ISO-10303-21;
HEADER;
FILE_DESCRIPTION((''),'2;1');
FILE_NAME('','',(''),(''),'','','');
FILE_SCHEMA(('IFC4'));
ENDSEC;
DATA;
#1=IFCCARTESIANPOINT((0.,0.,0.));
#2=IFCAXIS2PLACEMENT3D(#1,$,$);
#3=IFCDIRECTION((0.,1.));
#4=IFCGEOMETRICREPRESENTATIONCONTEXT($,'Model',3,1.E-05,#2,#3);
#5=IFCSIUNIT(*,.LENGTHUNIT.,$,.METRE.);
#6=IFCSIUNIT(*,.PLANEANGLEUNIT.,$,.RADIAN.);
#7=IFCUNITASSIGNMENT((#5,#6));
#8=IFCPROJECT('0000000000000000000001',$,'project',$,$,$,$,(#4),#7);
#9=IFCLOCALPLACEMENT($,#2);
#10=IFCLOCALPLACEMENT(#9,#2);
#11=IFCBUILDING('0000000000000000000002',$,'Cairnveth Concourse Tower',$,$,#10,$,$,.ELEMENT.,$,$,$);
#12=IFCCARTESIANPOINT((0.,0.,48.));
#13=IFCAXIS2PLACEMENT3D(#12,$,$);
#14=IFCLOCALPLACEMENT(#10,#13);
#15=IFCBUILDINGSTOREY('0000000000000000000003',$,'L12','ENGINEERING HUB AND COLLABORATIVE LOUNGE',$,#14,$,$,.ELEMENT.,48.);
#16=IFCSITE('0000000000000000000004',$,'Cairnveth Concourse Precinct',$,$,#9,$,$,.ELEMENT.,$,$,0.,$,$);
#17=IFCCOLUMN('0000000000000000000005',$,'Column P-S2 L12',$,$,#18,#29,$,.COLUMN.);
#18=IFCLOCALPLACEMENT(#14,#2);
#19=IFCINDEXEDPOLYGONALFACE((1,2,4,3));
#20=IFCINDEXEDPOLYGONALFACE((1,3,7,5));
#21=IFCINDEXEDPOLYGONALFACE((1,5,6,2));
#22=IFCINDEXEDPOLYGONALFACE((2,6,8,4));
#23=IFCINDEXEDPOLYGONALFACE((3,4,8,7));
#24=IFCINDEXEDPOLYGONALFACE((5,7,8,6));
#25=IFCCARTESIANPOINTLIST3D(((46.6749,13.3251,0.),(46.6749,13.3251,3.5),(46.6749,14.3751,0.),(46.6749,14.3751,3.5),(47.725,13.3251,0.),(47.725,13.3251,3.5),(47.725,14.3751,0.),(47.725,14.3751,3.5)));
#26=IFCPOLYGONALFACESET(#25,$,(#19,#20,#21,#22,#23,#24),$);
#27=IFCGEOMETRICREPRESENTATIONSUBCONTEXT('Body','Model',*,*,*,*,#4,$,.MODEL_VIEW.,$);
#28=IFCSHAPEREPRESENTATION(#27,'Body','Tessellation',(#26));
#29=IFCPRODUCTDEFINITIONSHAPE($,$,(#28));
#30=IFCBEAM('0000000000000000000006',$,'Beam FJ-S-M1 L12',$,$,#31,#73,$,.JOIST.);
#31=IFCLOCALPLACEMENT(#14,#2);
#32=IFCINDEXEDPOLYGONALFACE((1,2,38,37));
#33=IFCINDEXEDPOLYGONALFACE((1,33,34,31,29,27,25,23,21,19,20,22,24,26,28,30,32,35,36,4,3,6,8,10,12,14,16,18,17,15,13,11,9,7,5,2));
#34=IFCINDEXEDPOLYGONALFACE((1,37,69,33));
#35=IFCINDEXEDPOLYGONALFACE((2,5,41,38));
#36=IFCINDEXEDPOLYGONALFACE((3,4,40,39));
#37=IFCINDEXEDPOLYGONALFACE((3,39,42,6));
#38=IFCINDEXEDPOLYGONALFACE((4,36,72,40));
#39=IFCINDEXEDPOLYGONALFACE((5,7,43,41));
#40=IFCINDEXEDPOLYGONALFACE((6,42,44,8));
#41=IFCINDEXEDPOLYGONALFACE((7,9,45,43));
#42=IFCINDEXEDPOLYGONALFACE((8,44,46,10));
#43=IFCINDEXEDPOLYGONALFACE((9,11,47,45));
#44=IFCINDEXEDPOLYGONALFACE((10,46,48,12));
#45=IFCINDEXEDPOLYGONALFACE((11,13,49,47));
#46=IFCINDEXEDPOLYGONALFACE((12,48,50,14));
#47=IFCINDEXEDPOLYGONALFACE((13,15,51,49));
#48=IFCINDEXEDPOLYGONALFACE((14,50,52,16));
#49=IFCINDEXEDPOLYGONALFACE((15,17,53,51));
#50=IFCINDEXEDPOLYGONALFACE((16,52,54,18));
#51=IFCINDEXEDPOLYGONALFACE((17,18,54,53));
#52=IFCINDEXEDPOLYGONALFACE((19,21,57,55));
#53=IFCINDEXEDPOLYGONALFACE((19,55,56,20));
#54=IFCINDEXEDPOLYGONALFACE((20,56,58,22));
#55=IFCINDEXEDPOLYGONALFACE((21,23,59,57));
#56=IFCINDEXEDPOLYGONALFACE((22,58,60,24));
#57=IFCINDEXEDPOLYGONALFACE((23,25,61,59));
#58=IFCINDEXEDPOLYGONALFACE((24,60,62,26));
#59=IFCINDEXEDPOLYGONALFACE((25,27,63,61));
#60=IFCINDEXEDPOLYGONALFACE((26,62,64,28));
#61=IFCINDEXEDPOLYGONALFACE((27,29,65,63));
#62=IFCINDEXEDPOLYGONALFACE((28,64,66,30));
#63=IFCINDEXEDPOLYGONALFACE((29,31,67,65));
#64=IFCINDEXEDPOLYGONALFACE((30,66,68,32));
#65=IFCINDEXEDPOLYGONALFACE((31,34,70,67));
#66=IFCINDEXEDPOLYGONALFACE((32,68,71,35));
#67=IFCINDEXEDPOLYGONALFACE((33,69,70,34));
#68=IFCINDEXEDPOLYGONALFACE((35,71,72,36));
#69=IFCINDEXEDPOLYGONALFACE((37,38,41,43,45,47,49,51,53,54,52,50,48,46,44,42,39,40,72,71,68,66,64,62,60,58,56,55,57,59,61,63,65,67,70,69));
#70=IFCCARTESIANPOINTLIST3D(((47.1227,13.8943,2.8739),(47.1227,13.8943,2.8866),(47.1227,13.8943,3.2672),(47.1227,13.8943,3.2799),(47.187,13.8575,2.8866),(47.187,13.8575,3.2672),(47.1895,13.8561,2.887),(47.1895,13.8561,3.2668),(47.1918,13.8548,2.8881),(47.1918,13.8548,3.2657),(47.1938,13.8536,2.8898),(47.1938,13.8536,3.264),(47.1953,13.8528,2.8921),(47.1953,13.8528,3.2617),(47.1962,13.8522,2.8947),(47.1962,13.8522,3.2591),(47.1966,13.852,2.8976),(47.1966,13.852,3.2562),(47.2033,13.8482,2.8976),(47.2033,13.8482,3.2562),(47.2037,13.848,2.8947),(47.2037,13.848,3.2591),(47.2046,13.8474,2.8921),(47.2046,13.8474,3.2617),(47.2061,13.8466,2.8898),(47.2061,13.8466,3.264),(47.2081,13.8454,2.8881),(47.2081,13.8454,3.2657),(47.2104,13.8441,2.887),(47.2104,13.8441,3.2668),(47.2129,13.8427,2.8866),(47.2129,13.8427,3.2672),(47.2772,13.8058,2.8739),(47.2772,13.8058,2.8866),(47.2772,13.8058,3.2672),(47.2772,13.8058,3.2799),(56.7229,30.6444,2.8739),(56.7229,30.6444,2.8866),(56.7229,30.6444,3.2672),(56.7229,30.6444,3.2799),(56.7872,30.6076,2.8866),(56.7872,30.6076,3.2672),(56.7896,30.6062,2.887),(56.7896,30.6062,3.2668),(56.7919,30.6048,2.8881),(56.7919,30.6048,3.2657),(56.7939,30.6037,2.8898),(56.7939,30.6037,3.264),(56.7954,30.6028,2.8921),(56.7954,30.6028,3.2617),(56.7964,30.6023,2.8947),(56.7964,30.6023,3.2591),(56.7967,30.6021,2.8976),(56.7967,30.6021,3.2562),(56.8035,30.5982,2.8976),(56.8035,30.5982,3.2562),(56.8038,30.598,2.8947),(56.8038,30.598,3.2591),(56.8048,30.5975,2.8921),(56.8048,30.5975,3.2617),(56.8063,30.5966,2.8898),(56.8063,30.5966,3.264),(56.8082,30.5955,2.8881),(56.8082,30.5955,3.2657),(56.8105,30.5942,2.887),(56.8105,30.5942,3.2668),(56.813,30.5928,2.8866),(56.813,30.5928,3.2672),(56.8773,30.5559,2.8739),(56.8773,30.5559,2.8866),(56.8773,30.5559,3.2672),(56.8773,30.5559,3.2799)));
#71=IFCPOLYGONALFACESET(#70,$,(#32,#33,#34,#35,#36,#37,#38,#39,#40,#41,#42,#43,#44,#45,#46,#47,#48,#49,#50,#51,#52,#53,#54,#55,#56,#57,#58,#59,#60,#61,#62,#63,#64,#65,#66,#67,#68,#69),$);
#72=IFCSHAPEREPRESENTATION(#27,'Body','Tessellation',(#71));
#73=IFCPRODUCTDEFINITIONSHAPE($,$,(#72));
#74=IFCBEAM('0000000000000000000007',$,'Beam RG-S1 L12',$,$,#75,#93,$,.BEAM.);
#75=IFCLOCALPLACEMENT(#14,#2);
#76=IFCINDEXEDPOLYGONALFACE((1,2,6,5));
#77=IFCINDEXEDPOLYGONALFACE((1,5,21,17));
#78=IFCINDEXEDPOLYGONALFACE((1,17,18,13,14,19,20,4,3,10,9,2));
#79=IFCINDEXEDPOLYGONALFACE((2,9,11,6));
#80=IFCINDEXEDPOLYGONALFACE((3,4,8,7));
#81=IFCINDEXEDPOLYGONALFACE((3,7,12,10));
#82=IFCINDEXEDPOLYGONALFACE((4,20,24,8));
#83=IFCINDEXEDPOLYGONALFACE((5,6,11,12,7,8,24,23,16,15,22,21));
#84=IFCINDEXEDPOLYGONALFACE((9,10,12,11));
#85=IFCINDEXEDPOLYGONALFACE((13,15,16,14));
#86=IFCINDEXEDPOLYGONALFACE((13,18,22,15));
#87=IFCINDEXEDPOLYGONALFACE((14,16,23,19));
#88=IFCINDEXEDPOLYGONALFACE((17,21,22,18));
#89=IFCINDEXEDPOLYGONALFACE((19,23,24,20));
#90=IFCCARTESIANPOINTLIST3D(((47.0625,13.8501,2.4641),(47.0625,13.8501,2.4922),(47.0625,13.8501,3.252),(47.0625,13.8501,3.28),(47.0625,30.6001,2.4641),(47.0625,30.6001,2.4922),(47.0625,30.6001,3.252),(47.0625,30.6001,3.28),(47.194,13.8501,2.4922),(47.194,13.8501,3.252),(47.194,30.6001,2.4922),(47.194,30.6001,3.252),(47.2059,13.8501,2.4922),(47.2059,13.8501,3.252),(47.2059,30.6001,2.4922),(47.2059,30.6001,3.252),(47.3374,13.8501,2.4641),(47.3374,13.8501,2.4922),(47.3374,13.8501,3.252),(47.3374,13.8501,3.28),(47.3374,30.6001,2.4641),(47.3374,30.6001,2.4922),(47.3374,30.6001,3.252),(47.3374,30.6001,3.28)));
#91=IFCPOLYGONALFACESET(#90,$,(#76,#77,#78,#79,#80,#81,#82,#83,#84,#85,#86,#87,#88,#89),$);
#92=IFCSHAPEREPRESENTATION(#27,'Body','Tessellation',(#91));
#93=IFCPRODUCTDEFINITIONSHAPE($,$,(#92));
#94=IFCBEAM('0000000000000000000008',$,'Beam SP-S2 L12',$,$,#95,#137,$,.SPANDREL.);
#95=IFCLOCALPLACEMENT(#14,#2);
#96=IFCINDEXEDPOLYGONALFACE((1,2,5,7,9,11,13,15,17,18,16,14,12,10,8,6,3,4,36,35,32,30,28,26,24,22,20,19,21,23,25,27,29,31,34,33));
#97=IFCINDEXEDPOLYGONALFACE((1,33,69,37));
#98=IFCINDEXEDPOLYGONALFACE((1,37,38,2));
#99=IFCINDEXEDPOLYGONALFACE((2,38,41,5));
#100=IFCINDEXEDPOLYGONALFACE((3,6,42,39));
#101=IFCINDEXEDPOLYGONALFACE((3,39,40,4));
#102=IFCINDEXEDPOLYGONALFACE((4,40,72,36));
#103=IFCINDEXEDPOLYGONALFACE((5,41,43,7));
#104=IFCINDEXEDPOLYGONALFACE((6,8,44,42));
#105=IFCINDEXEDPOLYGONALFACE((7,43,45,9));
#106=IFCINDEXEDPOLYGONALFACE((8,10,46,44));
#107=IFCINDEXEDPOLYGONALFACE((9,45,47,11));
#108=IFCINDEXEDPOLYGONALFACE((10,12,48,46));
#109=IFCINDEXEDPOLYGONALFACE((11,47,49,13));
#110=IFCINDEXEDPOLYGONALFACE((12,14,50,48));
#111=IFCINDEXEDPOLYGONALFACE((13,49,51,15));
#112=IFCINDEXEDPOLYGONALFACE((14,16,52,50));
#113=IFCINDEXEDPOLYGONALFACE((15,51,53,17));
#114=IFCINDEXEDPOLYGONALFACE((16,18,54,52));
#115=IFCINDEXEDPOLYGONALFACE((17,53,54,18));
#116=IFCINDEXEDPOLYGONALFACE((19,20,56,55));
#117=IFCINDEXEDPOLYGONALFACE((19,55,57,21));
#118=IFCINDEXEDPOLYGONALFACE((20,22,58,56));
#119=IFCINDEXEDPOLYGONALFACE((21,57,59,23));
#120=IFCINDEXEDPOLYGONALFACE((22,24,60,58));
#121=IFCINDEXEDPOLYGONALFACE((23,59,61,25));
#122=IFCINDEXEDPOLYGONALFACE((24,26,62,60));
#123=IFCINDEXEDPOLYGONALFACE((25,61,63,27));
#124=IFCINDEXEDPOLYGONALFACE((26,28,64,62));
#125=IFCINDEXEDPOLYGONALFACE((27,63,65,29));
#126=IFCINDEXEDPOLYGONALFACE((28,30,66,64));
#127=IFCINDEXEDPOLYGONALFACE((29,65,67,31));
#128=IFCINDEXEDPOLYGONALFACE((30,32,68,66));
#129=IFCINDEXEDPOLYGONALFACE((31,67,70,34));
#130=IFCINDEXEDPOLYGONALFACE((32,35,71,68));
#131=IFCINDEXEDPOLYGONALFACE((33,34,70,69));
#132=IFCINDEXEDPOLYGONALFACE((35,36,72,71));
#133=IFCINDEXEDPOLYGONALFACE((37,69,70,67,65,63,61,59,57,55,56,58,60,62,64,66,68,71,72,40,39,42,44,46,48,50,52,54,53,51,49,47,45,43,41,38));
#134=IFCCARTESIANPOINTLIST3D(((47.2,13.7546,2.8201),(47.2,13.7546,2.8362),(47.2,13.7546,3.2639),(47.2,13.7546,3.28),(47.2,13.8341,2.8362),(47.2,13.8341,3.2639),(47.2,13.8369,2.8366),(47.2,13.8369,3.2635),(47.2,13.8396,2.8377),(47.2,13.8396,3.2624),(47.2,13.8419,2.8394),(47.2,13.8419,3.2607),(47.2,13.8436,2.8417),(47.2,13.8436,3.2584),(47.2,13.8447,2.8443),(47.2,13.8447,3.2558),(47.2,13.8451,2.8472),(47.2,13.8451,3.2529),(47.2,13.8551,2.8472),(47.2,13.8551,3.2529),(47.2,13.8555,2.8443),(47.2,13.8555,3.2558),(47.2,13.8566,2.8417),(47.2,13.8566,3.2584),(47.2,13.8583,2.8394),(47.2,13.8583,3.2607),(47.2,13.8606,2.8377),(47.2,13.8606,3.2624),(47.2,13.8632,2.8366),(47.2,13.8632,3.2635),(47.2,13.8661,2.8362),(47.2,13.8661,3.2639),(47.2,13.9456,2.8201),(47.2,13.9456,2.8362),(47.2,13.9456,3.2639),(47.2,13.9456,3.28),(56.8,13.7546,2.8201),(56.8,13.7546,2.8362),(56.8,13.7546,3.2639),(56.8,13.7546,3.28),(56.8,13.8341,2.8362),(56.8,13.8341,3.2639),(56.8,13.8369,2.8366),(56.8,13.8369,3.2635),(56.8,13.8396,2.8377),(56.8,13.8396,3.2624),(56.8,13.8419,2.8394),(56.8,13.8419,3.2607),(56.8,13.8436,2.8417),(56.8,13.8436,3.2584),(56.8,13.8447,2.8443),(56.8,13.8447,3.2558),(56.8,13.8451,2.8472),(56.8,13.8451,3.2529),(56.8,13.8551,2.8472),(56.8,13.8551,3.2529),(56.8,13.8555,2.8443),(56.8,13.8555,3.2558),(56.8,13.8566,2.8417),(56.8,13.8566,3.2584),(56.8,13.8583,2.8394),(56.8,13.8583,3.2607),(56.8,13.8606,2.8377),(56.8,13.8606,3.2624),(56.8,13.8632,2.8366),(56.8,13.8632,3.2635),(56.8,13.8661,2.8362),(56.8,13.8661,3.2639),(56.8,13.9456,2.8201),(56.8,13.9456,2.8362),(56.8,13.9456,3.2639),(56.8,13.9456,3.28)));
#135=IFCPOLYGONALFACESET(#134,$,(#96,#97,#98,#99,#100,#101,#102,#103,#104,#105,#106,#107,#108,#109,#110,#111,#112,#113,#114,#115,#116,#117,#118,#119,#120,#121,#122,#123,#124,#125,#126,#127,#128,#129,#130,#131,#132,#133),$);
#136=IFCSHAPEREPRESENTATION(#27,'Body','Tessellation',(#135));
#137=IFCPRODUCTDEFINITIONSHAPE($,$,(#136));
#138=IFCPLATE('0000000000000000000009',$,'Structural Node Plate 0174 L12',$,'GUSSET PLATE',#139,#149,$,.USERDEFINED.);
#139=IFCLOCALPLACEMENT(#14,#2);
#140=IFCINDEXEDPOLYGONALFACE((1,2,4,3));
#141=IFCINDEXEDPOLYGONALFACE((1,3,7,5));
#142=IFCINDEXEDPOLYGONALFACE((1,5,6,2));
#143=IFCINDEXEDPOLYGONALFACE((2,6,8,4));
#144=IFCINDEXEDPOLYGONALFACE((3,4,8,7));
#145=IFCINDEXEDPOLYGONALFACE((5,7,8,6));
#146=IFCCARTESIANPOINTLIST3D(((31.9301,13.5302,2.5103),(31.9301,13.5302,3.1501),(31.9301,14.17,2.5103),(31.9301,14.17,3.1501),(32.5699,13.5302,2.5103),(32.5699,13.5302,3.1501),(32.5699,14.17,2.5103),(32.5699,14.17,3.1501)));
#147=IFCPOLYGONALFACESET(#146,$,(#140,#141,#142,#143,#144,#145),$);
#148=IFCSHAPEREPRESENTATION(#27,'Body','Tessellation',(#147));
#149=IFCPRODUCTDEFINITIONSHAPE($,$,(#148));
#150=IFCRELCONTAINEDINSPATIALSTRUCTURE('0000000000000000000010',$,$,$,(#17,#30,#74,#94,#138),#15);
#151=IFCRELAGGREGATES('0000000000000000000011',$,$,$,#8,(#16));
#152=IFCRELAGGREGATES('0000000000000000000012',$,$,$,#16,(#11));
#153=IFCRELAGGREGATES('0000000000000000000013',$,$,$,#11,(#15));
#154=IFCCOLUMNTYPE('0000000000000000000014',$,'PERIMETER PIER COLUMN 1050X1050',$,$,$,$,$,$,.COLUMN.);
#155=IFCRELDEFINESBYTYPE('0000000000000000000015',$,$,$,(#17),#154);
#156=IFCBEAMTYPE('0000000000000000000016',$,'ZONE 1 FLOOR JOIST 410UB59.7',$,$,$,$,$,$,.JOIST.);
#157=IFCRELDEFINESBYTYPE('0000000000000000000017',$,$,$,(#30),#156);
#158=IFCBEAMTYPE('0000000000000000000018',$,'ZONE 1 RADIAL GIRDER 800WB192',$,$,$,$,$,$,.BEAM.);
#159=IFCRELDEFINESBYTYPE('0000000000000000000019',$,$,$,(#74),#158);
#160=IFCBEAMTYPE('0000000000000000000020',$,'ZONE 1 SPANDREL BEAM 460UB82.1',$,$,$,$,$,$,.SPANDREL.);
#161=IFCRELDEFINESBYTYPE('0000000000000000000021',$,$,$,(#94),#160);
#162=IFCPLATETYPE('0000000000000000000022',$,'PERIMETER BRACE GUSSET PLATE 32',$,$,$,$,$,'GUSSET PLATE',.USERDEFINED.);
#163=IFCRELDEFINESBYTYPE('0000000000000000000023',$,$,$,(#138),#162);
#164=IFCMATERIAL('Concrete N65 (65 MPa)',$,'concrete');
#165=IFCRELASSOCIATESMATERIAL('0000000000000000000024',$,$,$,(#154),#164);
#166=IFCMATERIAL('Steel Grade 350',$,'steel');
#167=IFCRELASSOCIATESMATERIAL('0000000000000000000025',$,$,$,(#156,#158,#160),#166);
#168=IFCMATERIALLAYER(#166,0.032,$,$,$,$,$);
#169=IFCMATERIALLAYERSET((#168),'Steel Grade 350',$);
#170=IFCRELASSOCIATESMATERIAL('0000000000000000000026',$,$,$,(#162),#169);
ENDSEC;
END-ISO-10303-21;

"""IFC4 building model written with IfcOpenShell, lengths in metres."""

from ifc_helpers import new_model, si_unit, direction, frame, origin, origin_2d, place, context, subcontext, project, spatial, rectangle, i_section, extrude, material, layer, layer_set, material_profile, profile_set, type_object, element, save


model = new_model("IFC4")

# Units and contexts
model_context = context("Model", 3, precision=1e-05, world=origin(), true_north=direction((0.0, 1.0)))
body_context = subcontext(model_context, "Body", "Model", "MODEL_VIEW")
ifc_project = project(units=[si_unit("LENGTHUNIT", "METRE"), si_unit("PLANEANGLEUNIT", "RADIAN")], contexts=[model_context])

# Site, building, storey
site_placement = place(None, origin())
site = spatial("IfcSite", under=ifc_project, at=site_placement, Name="Cairnveth Concourse Precinct", CompositionType="ELEMENT", RefElevation=0.0)
building_placement = place(site_placement, origin())
building = spatial("IfcBuilding", under=site, at=building_placement, Name="Cairnveth Concourse Tower", CompositionType="ELEMENT")
storey_placement = place(building_placement, frame((0.0, 0.0, 48.0)))
storey = spatial("IfcBuildingStorey", under=building, at=storey_placement, Name="L12", Description="ENGINEERING HUB AND COLLABORATIVE LOUNGE", CompositionType="ELEMENT", Elevation=48.0)

# Column
ifc_material_1 = material(Name="Concrete N65 (65 MPa)", Category="concrete")
ifc_material_profile_1 = material_profile(ifc_material_1, rectangle(XDim=1.05, YDim=1.05, at=origin_2d()), Name="RC-COL-1050x1050")
ifc_profile_set_1 = profile_set([ifc_material_profile_1], Name="Concrete N65 (65 MPa)")
column_type = type_object("IfcColumnType", Name="PERIMETER PIER COLUMN 1050X1050", PredefinedType="COLUMN", material=ifc_profile_set_1)
column_placement = place(storey_placement, frame((47.2, 13.8501, 0.0), z_axis=(0.0, 0.0, 1.0), x_axis=(1.0, 0.0, 0.0)))
element("IfcColumn", 1, at=column_placement, inside=storey, type_object=column_type, Name="Column P-S2 L12", PredefinedType="COLUMN", context=body_context, shape_type="SweptSolid", body=[
    extrude(rectangle(XDim=1.05, YDim=1.05, at=origin_2d()), origin(), (0.0, 0.0, 1.0), 3.5),
])

# Beams
ifc_material_2 = material(Name="Steel Grade 350", Category="steel")
ifc_material_profile_2 = material_profile(ifc_material_2, i_section(OverallWidth=0.178, OverallDepth=0.406, WebThickness=0.0078, FlangeThickness=0.0127, FilletRadius=0.011, at=origin_2d()), Name="410UB59.7")
ifc_profile_set_2 = profile_set([ifc_material_profile_2], Name="Steel Grade 350")
beam_type_1 = type_object("IfcBeamType", Name="ZONE 1 FLOOR JOIST 410UB59.7", PredefinedType="JOIST", material=ifc_profile_set_2)
beam_1_placement = place(storey_placement, frame((47.2, 13.8501, 3.0769), z_axis=(0.497258, 0.867603, 0.0), x_axis=(-0.867603, 0.497258, 0.0)))
element("IfcBeam", 2, at=beam_1_placement, inside=storey, type_object=beam_type_1, Name="Beam FJ-S-M1 L12", PredefinedType="JOIST", context=body_context, shape_type="SweptSolid", body=[
    extrude(i_section(OverallWidth=0.178, OverallDepth=0.406, WebThickness=0.0078, FlangeThickness=0.0127, FilletRadius=0.011, at=origin_2d()), origin(), (0.0, 0.0, 1.0), 19.3062),
])
ifc_material_profile_3 = material_profile(ifc_material_2, i_section(OverallWidth=0.2749, OverallDepth=0.8159, WebThickness=0.012, FlangeThickness=0.0281, at=origin_2d()), Name="800WB192")
ifc_profile_set_3 = profile_set([ifc_material_profile_3], Name="Steel Grade 350")
beam_type_2 = type_object("IfcBeamType", Name="ZONE 1 RADIAL GIRDER 800WB192", PredefinedType="BEAM", material=ifc_profile_set_3)
beam_2_placement = place(storey_placement, frame((47.2, 13.8501, 2.8721), z_axis=(0.0, 1.0, 0.0), x_axis=(-1.0, 0.0, 0.0)))
element("IfcBeam", 3, at=beam_2_placement, inside=storey, type_object=beam_type_2, Name="Beam RG-S1 L12", PredefinedType="BEAM", context=body_context, shape_type="SweptSolid", body=[
    extrude(i_section(OverallWidth=0.2749, OverallDepth=0.8159, WebThickness=0.012, FlangeThickness=0.0281, at=origin_2d()), origin(), (0.0, 0.0, 1.0), 16.75),
])
ifc_material_profile_4 = material_profile(ifc_material_2, i_section(OverallWidth=0.1909, OverallDepth=0.46, WebThickness=0.01, FlangeThickness=0.0161, FilletRadius=0.011, at=origin_2d()), Name="460UB82.1")
ifc_profile_set_4 = profile_set([ifc_material_profile_4], Name="Steel Grade 350")
beam_type_3 = type_object("IfcBeamType", Name="ZONE 1 SPANDREL BEAM 460UB82.1", PredefinedType="SPANDREL", material=ifc_profile_set_4)
beam_3_placement = place(storey_placement, frame((47.2, 13.8501, 3.05), z_axis=(1.0, 0.0, 0.0), x_axis=(0.0, 1.0, 0.0)))
element("IfcBeam", 4, at=beam_3_placement, inside=storey, type_object=beam_type_3, Name="Beam SP-S2 L12", PredefinedType="SPANDREL", context=body_context, shape_type="SweptSolid", body=[
    extrude(i_section(OverallWidth=0.1909, OverallDepth=0.46, WebThickness=0.01, FlangeThickness=0.0161, FilletRadius=0.011, at=origin_2d()), origin(), (0.0, 0.0, 1.0), 9.6001),
])

# Plate
ifc_layer_1 = layer(ifc_material_2, 0.032)
ifc_layer_set_1 = layer_set([ifc_layer_1], Name="Steel Grade 350")
plate_type = type_object("IfcPlateType", Name="PERIMETER BRACE GUSSET PLATE 32", ElementType="GUSSET PLATE", PredefinedType="USERDEFINED", material=ifc_layer_set_1)
plate_placement = place(storey_placement, frame((32.25, 13.8501, 2.5103), z_axis=(0.0, 0.0, 1.0), x_axis=(1.0, 0.0, 0.0)))
element("IfcPlate", 5, at=plate_placement, inside=storey, type_object=plate_type, Name="Structural Node Plate 0174 L12", ObjectType="GUSSET PLATE", PredefinedType="USERDEFINED", context=body_context, shape_type="SweptSolid", body=[
    extrude(rectangle(XDim=0.6399, YDim=0.6399, at=origin_2d()), origin(), (0.0, 0.0, 1.0), 0.6399),
])

save(model, "model.ifc")
